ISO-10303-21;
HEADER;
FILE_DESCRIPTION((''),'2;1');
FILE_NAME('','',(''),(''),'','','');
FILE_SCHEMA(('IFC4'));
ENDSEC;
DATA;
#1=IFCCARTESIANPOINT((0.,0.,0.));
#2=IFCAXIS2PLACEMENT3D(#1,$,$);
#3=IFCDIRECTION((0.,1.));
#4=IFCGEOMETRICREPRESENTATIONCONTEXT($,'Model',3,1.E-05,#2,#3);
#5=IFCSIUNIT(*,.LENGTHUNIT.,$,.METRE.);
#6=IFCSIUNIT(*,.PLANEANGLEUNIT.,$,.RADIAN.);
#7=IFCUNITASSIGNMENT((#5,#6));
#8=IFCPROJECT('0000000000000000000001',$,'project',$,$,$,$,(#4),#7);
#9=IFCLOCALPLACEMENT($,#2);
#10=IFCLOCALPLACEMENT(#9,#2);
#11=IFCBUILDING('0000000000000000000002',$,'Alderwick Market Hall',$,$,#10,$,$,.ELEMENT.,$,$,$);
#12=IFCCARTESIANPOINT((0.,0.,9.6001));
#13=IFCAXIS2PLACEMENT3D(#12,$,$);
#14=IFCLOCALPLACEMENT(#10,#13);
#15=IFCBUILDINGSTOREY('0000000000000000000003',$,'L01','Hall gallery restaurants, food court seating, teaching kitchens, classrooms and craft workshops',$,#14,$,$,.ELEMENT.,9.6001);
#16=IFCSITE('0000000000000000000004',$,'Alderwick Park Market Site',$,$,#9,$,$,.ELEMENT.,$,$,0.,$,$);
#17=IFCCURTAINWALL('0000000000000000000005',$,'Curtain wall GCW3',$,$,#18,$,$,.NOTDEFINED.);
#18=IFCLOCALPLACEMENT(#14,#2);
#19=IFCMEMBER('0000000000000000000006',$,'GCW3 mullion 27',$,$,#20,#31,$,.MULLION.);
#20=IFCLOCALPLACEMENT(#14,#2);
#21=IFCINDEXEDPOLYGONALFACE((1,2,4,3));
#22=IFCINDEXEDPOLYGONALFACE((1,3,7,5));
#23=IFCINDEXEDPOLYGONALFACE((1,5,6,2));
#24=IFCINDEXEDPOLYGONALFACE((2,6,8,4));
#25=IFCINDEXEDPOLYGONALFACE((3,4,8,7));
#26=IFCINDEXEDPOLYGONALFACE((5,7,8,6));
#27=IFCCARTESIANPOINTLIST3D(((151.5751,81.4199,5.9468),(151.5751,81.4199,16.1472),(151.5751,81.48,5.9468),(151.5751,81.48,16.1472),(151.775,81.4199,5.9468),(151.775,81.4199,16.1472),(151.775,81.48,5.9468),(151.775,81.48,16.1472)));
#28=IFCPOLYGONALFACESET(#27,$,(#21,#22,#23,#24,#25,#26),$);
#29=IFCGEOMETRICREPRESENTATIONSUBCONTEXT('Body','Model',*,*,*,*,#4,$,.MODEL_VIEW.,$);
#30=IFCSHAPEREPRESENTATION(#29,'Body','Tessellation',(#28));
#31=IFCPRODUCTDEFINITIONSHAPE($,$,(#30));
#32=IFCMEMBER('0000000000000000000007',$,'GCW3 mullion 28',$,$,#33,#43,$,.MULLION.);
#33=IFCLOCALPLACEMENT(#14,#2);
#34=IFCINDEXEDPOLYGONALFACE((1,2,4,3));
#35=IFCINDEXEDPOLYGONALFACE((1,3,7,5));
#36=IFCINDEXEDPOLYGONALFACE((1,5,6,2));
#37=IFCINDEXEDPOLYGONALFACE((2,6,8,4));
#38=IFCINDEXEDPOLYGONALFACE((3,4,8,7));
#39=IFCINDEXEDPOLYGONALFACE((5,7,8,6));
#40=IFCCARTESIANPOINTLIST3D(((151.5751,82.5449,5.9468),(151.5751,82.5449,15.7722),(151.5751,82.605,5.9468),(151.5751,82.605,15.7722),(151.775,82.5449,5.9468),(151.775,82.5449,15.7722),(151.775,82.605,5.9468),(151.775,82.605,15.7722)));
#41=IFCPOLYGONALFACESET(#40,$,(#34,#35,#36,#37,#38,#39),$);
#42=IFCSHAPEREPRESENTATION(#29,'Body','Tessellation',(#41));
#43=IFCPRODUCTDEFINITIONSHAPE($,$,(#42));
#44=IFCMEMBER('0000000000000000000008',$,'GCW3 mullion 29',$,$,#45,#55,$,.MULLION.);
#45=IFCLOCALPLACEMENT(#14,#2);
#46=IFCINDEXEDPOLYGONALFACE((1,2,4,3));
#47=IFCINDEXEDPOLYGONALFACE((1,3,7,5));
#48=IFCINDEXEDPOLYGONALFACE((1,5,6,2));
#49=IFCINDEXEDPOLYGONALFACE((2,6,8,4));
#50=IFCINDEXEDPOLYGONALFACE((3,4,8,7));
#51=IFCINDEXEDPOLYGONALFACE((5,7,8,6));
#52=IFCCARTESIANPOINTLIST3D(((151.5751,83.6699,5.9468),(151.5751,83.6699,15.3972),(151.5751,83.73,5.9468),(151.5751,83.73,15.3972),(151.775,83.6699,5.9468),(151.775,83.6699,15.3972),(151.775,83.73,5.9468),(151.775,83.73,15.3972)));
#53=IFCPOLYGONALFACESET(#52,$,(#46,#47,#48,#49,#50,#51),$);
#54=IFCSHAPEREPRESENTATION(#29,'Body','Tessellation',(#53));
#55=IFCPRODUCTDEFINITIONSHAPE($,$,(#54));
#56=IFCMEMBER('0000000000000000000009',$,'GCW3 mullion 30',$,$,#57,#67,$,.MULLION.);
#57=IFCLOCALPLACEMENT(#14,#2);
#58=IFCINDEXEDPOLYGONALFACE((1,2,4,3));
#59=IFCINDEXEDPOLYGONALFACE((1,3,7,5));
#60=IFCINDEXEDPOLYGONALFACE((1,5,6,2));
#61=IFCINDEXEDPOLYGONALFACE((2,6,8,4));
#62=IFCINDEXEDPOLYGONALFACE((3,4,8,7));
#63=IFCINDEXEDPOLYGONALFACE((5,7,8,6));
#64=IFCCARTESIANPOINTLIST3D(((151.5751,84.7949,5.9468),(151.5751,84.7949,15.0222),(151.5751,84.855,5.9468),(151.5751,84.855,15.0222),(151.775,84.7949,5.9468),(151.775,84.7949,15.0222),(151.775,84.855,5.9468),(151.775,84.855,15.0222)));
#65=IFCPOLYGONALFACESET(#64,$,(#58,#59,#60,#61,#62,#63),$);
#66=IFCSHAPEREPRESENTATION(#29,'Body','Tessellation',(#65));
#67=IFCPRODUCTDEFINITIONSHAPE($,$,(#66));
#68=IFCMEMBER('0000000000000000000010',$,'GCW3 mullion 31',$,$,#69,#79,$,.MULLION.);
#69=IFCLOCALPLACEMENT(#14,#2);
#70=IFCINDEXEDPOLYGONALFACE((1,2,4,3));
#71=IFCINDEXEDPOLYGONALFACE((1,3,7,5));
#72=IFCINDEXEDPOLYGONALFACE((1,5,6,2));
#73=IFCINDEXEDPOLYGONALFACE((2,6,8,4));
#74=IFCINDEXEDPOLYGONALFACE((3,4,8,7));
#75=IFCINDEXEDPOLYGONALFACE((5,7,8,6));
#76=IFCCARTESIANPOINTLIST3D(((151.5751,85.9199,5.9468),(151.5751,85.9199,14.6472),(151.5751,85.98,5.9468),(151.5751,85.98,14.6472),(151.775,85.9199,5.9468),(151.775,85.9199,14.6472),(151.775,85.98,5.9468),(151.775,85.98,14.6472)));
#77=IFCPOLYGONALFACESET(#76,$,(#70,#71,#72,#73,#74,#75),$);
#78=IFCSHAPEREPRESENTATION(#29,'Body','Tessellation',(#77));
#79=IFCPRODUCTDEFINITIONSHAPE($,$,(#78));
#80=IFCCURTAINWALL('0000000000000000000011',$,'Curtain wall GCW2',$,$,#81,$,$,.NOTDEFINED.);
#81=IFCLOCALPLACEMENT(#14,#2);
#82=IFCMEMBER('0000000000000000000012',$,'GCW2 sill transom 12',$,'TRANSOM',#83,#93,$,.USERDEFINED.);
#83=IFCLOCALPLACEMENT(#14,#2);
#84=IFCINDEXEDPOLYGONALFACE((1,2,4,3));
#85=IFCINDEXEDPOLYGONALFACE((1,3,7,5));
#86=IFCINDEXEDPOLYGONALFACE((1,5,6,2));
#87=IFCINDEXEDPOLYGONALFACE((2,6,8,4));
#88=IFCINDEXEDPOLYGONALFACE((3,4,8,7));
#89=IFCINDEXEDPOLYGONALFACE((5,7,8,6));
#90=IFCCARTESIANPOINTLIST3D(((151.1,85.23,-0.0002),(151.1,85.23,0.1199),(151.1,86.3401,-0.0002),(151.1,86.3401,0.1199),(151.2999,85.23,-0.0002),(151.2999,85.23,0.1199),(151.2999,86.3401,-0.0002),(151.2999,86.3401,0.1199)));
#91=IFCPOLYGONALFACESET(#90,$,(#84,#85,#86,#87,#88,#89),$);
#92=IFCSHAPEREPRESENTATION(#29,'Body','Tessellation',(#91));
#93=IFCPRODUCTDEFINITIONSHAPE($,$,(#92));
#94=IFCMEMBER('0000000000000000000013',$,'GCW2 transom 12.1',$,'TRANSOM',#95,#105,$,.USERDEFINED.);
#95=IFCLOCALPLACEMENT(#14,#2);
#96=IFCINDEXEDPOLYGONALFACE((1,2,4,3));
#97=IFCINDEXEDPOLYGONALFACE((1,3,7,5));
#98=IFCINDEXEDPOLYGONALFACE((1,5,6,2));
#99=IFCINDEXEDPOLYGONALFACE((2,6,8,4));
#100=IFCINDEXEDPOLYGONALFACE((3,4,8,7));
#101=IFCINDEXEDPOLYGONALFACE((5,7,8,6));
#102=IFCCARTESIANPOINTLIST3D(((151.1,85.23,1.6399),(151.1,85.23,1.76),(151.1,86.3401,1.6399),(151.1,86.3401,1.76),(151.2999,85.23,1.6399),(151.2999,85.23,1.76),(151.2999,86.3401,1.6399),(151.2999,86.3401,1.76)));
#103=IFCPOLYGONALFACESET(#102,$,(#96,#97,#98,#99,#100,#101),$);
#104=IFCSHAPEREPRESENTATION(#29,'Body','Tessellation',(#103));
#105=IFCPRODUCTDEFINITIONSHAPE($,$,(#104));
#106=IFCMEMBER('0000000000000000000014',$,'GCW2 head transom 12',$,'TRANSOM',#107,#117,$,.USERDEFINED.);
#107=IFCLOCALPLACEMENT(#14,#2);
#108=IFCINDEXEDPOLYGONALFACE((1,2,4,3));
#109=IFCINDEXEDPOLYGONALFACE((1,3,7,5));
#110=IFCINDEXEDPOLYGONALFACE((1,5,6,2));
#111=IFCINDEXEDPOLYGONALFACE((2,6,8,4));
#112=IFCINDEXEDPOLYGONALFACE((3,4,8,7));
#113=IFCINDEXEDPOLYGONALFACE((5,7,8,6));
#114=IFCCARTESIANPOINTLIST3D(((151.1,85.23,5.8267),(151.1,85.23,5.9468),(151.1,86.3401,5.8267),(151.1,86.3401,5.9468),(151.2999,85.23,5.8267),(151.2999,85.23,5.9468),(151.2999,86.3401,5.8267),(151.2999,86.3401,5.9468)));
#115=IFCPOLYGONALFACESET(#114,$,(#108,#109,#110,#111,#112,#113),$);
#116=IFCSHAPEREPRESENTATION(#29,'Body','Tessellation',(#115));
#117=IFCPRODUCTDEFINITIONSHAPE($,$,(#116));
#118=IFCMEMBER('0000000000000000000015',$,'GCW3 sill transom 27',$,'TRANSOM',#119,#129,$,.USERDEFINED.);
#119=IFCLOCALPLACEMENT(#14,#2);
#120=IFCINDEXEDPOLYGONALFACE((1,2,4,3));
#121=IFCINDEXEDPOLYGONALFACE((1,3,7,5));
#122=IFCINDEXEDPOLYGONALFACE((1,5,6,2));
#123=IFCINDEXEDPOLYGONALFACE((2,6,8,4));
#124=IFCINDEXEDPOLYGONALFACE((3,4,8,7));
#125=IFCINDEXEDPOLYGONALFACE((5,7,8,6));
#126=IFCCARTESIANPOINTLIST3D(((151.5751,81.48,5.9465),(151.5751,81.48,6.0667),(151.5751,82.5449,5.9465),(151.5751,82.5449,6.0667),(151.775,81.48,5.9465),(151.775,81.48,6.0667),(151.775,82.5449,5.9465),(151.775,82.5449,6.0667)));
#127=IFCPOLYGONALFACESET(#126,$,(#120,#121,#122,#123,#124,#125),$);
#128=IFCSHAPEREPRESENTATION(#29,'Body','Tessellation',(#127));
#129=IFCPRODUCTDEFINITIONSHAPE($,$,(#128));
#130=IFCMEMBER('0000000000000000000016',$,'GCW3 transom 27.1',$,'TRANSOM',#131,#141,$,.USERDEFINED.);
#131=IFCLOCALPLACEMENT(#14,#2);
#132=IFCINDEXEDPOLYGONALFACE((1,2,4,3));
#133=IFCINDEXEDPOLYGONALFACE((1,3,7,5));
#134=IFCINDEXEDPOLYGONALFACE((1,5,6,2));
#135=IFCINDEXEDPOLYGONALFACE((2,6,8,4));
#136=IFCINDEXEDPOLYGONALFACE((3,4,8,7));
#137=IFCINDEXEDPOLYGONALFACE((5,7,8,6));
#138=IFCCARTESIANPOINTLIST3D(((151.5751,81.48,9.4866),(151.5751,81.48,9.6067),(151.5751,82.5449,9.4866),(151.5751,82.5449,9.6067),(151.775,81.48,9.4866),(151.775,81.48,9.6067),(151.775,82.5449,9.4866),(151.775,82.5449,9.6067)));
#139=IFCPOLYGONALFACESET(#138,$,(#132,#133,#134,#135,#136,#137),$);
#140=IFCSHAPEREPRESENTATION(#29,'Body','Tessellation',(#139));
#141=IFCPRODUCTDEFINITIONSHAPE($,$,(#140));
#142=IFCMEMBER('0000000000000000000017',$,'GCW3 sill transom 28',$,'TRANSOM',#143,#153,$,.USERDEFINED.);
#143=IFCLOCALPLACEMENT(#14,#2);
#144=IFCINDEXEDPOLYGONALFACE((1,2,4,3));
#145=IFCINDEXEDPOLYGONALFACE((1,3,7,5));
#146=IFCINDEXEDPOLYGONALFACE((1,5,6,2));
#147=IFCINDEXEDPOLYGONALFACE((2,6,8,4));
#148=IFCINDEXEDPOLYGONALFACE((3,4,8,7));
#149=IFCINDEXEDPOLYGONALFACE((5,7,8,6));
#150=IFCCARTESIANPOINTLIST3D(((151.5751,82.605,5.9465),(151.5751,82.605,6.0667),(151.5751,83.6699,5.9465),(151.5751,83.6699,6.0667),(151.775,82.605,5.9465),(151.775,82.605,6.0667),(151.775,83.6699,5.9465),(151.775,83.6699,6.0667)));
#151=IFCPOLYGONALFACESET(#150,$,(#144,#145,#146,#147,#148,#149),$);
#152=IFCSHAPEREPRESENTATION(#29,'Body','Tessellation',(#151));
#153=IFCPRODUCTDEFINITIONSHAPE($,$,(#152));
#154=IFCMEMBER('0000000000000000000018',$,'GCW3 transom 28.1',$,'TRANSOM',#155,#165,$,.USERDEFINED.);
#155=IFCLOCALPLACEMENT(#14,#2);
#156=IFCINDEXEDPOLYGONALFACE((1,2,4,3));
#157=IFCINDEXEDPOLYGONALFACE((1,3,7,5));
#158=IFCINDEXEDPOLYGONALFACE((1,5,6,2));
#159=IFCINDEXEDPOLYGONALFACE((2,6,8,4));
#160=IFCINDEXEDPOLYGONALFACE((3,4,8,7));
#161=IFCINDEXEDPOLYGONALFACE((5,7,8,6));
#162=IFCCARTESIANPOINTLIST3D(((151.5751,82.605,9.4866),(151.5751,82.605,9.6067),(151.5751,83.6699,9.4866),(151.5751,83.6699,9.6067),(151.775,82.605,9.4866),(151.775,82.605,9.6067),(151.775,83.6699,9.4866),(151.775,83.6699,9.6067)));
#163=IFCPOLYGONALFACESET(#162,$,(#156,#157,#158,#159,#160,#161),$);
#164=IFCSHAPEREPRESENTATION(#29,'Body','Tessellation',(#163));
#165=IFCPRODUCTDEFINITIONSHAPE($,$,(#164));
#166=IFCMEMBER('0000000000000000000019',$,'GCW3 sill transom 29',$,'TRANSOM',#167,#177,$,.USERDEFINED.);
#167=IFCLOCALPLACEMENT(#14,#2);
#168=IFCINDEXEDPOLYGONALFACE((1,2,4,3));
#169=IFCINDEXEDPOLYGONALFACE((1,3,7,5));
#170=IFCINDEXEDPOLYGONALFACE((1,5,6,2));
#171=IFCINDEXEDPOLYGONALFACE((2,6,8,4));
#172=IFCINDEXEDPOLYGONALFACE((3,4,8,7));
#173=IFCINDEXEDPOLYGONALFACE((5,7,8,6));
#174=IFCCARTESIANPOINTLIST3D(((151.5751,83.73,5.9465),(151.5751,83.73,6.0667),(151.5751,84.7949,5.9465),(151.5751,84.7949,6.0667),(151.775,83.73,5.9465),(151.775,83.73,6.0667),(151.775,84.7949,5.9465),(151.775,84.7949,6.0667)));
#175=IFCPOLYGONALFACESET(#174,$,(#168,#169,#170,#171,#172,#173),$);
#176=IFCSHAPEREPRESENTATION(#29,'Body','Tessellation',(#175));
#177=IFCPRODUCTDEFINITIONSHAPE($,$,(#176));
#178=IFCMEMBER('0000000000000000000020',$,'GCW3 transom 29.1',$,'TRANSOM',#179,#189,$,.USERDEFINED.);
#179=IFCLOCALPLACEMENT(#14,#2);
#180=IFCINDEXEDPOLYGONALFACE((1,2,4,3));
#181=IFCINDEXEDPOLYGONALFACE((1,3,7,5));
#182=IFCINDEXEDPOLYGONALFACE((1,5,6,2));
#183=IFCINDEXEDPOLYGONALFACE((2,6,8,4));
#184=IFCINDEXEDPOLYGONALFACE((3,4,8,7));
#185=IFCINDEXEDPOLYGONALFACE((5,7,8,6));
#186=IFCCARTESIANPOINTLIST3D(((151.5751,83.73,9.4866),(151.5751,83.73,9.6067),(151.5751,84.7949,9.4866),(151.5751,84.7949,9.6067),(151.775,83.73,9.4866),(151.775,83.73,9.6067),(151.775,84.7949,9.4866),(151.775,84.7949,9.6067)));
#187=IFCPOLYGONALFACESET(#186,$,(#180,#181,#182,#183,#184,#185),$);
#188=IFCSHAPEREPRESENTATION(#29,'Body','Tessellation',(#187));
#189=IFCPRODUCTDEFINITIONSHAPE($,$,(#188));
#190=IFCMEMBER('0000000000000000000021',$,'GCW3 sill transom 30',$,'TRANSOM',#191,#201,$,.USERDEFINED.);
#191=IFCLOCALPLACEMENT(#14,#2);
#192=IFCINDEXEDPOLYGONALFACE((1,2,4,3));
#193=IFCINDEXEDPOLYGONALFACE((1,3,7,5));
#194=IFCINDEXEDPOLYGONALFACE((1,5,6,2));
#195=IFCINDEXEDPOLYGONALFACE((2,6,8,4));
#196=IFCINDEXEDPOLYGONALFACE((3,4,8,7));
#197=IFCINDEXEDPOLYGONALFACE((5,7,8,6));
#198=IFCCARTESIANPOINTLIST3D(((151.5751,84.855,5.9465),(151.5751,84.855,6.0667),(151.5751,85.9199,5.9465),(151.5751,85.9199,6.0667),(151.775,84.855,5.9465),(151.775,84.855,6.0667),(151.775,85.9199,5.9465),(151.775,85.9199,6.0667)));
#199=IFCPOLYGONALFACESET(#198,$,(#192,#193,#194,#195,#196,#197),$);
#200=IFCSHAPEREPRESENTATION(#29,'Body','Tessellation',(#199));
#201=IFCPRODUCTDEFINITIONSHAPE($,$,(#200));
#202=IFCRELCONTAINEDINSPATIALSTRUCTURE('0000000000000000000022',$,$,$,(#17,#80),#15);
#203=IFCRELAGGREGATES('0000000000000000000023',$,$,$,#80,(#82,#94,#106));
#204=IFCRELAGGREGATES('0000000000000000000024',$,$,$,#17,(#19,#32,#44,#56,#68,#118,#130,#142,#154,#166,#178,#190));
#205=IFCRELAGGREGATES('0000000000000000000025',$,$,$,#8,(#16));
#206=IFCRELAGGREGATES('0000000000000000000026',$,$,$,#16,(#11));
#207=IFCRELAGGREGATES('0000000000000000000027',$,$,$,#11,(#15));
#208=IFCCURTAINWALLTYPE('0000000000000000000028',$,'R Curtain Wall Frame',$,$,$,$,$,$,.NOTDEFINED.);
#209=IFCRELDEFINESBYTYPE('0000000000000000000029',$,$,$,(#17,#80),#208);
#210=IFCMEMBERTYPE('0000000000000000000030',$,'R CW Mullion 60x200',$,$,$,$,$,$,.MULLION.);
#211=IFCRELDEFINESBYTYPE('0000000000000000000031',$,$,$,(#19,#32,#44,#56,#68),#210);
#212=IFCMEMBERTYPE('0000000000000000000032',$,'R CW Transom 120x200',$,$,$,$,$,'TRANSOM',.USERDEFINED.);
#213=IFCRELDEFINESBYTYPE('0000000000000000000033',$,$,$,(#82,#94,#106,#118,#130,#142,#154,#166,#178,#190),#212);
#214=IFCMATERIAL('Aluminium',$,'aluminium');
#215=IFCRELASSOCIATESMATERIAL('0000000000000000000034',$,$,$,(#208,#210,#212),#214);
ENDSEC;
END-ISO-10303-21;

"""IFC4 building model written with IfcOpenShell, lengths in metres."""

from ifc_helpers import new_model, si_unit, direction, frame, origin, origin_2d, place, context, subcontext, project, spatial, rectangle, extrude, material, material_profile, profile_set, type_object, element, aggregate, save


model = new_model("IFC4")

# Units and contexts
model_context = context("Model", 3, precision=1e-05, world=origin(), true_north=direction((0.0, 1.0)))
body_context = subcontext(model_context, "Body", "Model", "MODEL_VIEW")
ifc_project = project(units=[si_unit("LENGTHUNIT", "METRE"), si_unit("PLANEANGLEUNIT", "RADIAN")], contexts=[model_context])

# Site, building, storey
site_placement = place(None, origin())
site = spatial("IfcSite", under=ifc_project, at=site_placement, Name="Alderwick Park Market Site", CompositionType="ELEMENT", RefElevation=0.0)
building_placement = place(site_placement, origin())
building = spatial("IfcBuilding", under=site, at=building_placement, Name="Alderwick Market Hall", CompositionType="ELEMENT")
storey_placement = place(building_placement, frame((0.0, 0.0, 9.6001)))
storey = spatial("IfcBuildingStorey", under=building, at=storey_placement, Name="L01", Description="Hall gallery restaurants, food court seating, teaching kitchens, classrooms and craft workshops", CompositionType="ELEMENT", Elevation=9.6001)

# Curtain walls, members
ifc_material_1 = material(Name="Aluminium", Category="aluminium")
curtain_wall_type = type_object("IfcCurtainWallType", Name="R Curtain Wall Frame", PredefinedType="NOTDEFINED", material=ifc_material_1)
curtain_wall_1_placement = place(storey_placement, origin())
curtain_wall_1 = element("IfcCurtainWall", 1, at=curtain_wall_1_placement, inside=storey, type_object=curtain_wall_type, Name="Curtain wall GCW3", PredefinedType="NOTDEFINED")
ifc_material_profile_1 = material_profile(ifc_material_1, rectangle(XDim=0.2, YDim=0.0601, at=origin_2d()), Name="AL 60x200")
ifc_profile_set_1 = profile_set([ifc_material_profile_1], Name="Aluminium")
member_type_1 = type_object("IfcMemberType", Name="R CW Mullion 60x200", PredefinedType="MULLION", material=ifc_profile_set_1)
member_1_placement = place(storey_placement, frame((151.675, 81.45, 5.9468), z_axis=(0.0, 0.0, 1.0), x_axis=(1.0, 0.0, 0.0)))
member_1 = element("IfcMember", 2, at=member_1_placement, type_object=member_type_1, Name="GCW3 mullion 27", PredefinedType="MULLION", context=body_context, shape_type="SweptSolid", body=[
    extrude(rectangle(XDim=0.2, YDim=0.0601, at=origin_2d()), origin(), (0.0, 0.0, 1.0), 10.2004),
])
member_2_placement = place(storey_placement, frame((151.675, 82.575, 5.9468), z_axis=(0.0, 0.0, 1.0), x_axis=(1.0, 0.0, 0.0)))
member_2 = element("IfcMember", 3, at=member_2_placement, type_object=member_type_1, Name="GCW3 mullion 28", PredefinedType="MULLION", context=body_context, shape_type="SweptSolid", body=[
    extrude(rectangle(XDim=0.2, YDim=0.0601, at=origin_2d()), origin(), (0.0, 0.0, 1.0), 9.8254),
])
member_3_placement = place(storey_placement, frame((151.675, 83.7, 5.9468), z_axis=(0.0, 0.0, 1.0), x_axis=(1.0, 0.0, 0.0)))
member_3 = element("IfcMember", 4, at=member_3_placement, type_object=member_type_1, Name="GCW3 mullion 29", PredefinedType="MULLION", context=body_context, shape_type="SweptSolid", body=[
    extrude(rectangle(XDim=0.2, YDim=0.0601, at=origin_2d()), origin(), (0.0, 0.0, 1.0), 9.4504),
])
member_4_placement = place(storey_placement, frame((151.675, 84.825, 5.9468), z_axis=(0.0, 0.0, 1.0), x_axis=(1.0, 0.0, 0.0)))
member_4 = element("IfcMember", 5, at=member_4_placement, type_object=member_type_1, Name="GCW3 mullion 30", PredefinedType="MULLION", context=body_context, shape_type="SweptSolid", body=[
    extrude(rectangle(XDim=0.2, YDim=0.0601, at=origin_2d()), origin(), (0.0, 0.0, 1.0), 9.0754),
])
member_5_placement = place(storey_placement, frame((151.675, 85.95, 5.9468), z_axis=(0.0, 0.0, 1.0), x_axis=(1.0, 0.0, 0.0)))
member_5 = element("IfcMember", 6, at=member_5_placement, type_object=member_type_1, Name="GCW3 mullion 31", PredefinedType="MULLION", context=body_context, shape_type="SweptSolid", body=[
    extrude(rectangle(XDim=0.2, YDim=0.0601, at=origin_2d()), origin(), (0.0, 0.0, 1.0), 8.7004),
])
curtain_wall_2_placement = place(storey_placement, origin())
curtain_wall_2 = element("IfcCurtainWall", 7, at=curtain_wall_2_placement, inside=storey, type_object=curtain_wall_type, Name="Curtain wall GCW2", PredefinedType="NOTDEFINED")
ifc_material_profile_2 = material_profile(ifc_material_1, rectangle(XDim=0.2, YDim=0.1201, at=origin_2d()), Name="AL 120x200")
ifc_profile_set_2 = profile_set([ifc_material_profile_2], Name="Aluminium")
member_type_2 = type_object("IfcMemberType", Name="R CW Transom 120x200", ElementType="TRANSOM", PredefinedType="USERDEFINED", material=ifc_profile_set_2)
member_6_placement = place(storey_placement, frame((151.2, 85.23, 0.0598), z_axis=(0.0, 1.0, 0.0), x_axis=(-1.0, 0.0, 0.0)))
member_6 = element("IfcMember", 8, at=member_6_placement, type_object=member_type_2, Name="GCW2 sill transom 12", ObjectType="TRANSOM", PredefinedType="USERDEFINED", context=body_context, shape_type="SweptSolid", body=[
    extrude(rectangle(XDim=0.2, YDim=0.1201, at=origin_2d()), origin(), (0.0, 0.0, 1.0), 1.1101),
])
member_7_placement = place(storey_placement, frame((151.2, 85.23, 1.7), z_axis=(0.0, 1.0, 0.0), x_axis=(-1.0, 0.0, 0.0)))
member_7 = element("IfcMember", 9, at=member_7_placement, type_object=member_type_2, Name="GCW2 transom 12.1", ObjectType="TRANSOM", PredefinedType="USERDEFINED", context=body_context, shape_type="SweptSolid", body=[
    extrude(rectangle(XDim=0.2, YDim=0.1201, at=origin_2d()), origin(), (0.0, 0.0, 1.0), 1.1101),
])
member_8_placement = place(storey_placement, frame((151.2, 85.23, 5.8867), z_axis=(0.0, 1.0, 0.0), x_axis=(-1.0, 0.0, 0.0)))
member_8 = element("IfcMember", 10, at=member_8_placement, type_object=member_type_2, Name="GCW2 head transom 12", ObjectType="TRANSOM", PredefinedType="USERDEFINED", context=body_context, shape_type="SweptSolid", body=[
    extrude(rectangle(XDim=0.2, YDim=0.1201, at=origin_2d()), origin(), (0.0, 0.0, 1.0), 1.1101),
])

# Members
member_9_placement = place(storey_placement, frame((151.675, 81.48, 6.0066), z_axis=(0.0, 1.0, 0.0), x_axis=(-1.0, 0.0, 0.0)))
member_9 = element("IfcMember", 11, at=member_9_placement, type_object=member_type_2, Name="GCW3 sill transom 27", ObjectType="TRANSOM", PredefinedType="USERDEFINED", context=body_context, shape_type="SweptSolid", body=[
    extrude(rectangle(XDim=0.2, YDim=0.1201, at=origin_2d()), origin(), (0.0, 0.0, 1.0), 1.0649),
])
member_10_placement = place(storey_placement, frame((151.675, 81.48, 9.5466), z_axis=(0.0, 1.0, 0.0), x_axis=(-1.0, 0.0, 0.0)))
member_10 = element("IfcMember", 12, at=member_10_placement, type_object=member_type_2, Name="GCW3 transom 27.1", ObjectType="TRANSOM", PredefinedType="USERDEFINED", context=body_context, shape_type="SweptSolid", body=[
    extrude(rectangle(XDim=0.2, YDim=0.1201, at=origin_2d()), origin(), (0.0, 0.0, 1.0), 1.0649),
])
member_11_placement = place(storey_placement, frame((151.675, 82.605, 6.0066), z_axis=(0.0, 1.0, 0.0), x_axis=(-1.0, 0.0, 0.0)))
member_11 = element("IfcMember", 13, at=member_11_placement, type_object=member_type_2, Name="GCW3 sill transom 28", ObjectType="TRANSOM", PredefinedType="USERDEFINED", context=body_context, shape_type="SweptSolid", body=[
    extrude(rectangle(XDim=0.2, YDim=0.1201, at=origin_2d()), origin(), (0.0, 0.0, 1.0), 1.0649),
])
member_12_placement = place(storey_placement, frame((151.675, 82.605, 9.5466), z_axis=(0.0, 1.0, 0.0), x_axis=(-1.0, 0.0, 0.0)))
member_12 = element("IfcMember", 14, at=member_12_placement, type_object=member_type_2, Name="GCW3 transom 28.1", ObjectType="TRANSOM", PredefinedType="USERDEFINED", context=body_context, shape_type="SweptSolid", body=[
    extrude(rectangle(XDim=0.2, YDim=0.1201, at=origin_2d()), origin(), (0.0, 0.0, 1.0), 1.0649),
])
member_13_placement = place(storey_placement, frame((151.675, 83.73, 6.0066), z_axis=(0.0, 1.0, 0.0), x_axis=(-1.0, 0.0, 0.0)))
member_13 = element("IfcMember", 15, at=member_13_placement, type_object=member_type_2, Name="GCW3 sill transom 29", ObjectType="TRANSOM", PredefinedType="USERDEFINED", context=body_context, shape_type="SweptSolid", body=[
    extrude(rectangle(XDim=0.2, YDim=0.1201, at=origin_2d()), origin(), (0.0, 0.0, 1.0), 1.0649),
])
member_14_placement = place(storey_placement, frame((151.675, 83.73, 9.5466), z_axis=(0.0, 1.0, 0.0), x_axis=(-1.0, 0.0, 0.0)))
member_14 = element("IfcMember", 16, at=member_14_placement, type_object=member_type_2, Name="GCW3 transom 29.1", ObjectType="TRANSOM", PredefinedType="USERDEFINED", context=body_context, shape_type="SweptSolid", body=[
    extrude(rectangle(XDim=0.2, YDim=0.1201, at=origin_2d()), origin(), (0.0, 0.0, 1.0), 1.0649),
])
member_15_placement = place(storey_placement, frame((151.675, 84.855, 6.0066), z_axis=(0.0, 1.0, 0.0), x_axis=(-1.0, 0.0, 0.0)))
member_15 = element("IfcMember", 17, at=member_15_placement, type_object=member_type_2, Name="GCW3 sill transom 30", ObjectType="TRANSOM", PredefinedType="USERDEFINED", context=body_context, shape_type="SweptSolid", body=[
    extrude(rectangle(XDim=0.2, YDim=0.1201, at=origin_2d()), origin(), (0.0, 0.0, 1.0), 1.0649),
])

aggregate(curtain_wall_2, [member_6, member_7, member_8])
aggregate(curtain_wall_1, [member_1, member_2, member_3, member_4, member_5, member_9, member_10, member_11, member_12, member_13, member_14, member_15])

save(model, "model.ifc")
